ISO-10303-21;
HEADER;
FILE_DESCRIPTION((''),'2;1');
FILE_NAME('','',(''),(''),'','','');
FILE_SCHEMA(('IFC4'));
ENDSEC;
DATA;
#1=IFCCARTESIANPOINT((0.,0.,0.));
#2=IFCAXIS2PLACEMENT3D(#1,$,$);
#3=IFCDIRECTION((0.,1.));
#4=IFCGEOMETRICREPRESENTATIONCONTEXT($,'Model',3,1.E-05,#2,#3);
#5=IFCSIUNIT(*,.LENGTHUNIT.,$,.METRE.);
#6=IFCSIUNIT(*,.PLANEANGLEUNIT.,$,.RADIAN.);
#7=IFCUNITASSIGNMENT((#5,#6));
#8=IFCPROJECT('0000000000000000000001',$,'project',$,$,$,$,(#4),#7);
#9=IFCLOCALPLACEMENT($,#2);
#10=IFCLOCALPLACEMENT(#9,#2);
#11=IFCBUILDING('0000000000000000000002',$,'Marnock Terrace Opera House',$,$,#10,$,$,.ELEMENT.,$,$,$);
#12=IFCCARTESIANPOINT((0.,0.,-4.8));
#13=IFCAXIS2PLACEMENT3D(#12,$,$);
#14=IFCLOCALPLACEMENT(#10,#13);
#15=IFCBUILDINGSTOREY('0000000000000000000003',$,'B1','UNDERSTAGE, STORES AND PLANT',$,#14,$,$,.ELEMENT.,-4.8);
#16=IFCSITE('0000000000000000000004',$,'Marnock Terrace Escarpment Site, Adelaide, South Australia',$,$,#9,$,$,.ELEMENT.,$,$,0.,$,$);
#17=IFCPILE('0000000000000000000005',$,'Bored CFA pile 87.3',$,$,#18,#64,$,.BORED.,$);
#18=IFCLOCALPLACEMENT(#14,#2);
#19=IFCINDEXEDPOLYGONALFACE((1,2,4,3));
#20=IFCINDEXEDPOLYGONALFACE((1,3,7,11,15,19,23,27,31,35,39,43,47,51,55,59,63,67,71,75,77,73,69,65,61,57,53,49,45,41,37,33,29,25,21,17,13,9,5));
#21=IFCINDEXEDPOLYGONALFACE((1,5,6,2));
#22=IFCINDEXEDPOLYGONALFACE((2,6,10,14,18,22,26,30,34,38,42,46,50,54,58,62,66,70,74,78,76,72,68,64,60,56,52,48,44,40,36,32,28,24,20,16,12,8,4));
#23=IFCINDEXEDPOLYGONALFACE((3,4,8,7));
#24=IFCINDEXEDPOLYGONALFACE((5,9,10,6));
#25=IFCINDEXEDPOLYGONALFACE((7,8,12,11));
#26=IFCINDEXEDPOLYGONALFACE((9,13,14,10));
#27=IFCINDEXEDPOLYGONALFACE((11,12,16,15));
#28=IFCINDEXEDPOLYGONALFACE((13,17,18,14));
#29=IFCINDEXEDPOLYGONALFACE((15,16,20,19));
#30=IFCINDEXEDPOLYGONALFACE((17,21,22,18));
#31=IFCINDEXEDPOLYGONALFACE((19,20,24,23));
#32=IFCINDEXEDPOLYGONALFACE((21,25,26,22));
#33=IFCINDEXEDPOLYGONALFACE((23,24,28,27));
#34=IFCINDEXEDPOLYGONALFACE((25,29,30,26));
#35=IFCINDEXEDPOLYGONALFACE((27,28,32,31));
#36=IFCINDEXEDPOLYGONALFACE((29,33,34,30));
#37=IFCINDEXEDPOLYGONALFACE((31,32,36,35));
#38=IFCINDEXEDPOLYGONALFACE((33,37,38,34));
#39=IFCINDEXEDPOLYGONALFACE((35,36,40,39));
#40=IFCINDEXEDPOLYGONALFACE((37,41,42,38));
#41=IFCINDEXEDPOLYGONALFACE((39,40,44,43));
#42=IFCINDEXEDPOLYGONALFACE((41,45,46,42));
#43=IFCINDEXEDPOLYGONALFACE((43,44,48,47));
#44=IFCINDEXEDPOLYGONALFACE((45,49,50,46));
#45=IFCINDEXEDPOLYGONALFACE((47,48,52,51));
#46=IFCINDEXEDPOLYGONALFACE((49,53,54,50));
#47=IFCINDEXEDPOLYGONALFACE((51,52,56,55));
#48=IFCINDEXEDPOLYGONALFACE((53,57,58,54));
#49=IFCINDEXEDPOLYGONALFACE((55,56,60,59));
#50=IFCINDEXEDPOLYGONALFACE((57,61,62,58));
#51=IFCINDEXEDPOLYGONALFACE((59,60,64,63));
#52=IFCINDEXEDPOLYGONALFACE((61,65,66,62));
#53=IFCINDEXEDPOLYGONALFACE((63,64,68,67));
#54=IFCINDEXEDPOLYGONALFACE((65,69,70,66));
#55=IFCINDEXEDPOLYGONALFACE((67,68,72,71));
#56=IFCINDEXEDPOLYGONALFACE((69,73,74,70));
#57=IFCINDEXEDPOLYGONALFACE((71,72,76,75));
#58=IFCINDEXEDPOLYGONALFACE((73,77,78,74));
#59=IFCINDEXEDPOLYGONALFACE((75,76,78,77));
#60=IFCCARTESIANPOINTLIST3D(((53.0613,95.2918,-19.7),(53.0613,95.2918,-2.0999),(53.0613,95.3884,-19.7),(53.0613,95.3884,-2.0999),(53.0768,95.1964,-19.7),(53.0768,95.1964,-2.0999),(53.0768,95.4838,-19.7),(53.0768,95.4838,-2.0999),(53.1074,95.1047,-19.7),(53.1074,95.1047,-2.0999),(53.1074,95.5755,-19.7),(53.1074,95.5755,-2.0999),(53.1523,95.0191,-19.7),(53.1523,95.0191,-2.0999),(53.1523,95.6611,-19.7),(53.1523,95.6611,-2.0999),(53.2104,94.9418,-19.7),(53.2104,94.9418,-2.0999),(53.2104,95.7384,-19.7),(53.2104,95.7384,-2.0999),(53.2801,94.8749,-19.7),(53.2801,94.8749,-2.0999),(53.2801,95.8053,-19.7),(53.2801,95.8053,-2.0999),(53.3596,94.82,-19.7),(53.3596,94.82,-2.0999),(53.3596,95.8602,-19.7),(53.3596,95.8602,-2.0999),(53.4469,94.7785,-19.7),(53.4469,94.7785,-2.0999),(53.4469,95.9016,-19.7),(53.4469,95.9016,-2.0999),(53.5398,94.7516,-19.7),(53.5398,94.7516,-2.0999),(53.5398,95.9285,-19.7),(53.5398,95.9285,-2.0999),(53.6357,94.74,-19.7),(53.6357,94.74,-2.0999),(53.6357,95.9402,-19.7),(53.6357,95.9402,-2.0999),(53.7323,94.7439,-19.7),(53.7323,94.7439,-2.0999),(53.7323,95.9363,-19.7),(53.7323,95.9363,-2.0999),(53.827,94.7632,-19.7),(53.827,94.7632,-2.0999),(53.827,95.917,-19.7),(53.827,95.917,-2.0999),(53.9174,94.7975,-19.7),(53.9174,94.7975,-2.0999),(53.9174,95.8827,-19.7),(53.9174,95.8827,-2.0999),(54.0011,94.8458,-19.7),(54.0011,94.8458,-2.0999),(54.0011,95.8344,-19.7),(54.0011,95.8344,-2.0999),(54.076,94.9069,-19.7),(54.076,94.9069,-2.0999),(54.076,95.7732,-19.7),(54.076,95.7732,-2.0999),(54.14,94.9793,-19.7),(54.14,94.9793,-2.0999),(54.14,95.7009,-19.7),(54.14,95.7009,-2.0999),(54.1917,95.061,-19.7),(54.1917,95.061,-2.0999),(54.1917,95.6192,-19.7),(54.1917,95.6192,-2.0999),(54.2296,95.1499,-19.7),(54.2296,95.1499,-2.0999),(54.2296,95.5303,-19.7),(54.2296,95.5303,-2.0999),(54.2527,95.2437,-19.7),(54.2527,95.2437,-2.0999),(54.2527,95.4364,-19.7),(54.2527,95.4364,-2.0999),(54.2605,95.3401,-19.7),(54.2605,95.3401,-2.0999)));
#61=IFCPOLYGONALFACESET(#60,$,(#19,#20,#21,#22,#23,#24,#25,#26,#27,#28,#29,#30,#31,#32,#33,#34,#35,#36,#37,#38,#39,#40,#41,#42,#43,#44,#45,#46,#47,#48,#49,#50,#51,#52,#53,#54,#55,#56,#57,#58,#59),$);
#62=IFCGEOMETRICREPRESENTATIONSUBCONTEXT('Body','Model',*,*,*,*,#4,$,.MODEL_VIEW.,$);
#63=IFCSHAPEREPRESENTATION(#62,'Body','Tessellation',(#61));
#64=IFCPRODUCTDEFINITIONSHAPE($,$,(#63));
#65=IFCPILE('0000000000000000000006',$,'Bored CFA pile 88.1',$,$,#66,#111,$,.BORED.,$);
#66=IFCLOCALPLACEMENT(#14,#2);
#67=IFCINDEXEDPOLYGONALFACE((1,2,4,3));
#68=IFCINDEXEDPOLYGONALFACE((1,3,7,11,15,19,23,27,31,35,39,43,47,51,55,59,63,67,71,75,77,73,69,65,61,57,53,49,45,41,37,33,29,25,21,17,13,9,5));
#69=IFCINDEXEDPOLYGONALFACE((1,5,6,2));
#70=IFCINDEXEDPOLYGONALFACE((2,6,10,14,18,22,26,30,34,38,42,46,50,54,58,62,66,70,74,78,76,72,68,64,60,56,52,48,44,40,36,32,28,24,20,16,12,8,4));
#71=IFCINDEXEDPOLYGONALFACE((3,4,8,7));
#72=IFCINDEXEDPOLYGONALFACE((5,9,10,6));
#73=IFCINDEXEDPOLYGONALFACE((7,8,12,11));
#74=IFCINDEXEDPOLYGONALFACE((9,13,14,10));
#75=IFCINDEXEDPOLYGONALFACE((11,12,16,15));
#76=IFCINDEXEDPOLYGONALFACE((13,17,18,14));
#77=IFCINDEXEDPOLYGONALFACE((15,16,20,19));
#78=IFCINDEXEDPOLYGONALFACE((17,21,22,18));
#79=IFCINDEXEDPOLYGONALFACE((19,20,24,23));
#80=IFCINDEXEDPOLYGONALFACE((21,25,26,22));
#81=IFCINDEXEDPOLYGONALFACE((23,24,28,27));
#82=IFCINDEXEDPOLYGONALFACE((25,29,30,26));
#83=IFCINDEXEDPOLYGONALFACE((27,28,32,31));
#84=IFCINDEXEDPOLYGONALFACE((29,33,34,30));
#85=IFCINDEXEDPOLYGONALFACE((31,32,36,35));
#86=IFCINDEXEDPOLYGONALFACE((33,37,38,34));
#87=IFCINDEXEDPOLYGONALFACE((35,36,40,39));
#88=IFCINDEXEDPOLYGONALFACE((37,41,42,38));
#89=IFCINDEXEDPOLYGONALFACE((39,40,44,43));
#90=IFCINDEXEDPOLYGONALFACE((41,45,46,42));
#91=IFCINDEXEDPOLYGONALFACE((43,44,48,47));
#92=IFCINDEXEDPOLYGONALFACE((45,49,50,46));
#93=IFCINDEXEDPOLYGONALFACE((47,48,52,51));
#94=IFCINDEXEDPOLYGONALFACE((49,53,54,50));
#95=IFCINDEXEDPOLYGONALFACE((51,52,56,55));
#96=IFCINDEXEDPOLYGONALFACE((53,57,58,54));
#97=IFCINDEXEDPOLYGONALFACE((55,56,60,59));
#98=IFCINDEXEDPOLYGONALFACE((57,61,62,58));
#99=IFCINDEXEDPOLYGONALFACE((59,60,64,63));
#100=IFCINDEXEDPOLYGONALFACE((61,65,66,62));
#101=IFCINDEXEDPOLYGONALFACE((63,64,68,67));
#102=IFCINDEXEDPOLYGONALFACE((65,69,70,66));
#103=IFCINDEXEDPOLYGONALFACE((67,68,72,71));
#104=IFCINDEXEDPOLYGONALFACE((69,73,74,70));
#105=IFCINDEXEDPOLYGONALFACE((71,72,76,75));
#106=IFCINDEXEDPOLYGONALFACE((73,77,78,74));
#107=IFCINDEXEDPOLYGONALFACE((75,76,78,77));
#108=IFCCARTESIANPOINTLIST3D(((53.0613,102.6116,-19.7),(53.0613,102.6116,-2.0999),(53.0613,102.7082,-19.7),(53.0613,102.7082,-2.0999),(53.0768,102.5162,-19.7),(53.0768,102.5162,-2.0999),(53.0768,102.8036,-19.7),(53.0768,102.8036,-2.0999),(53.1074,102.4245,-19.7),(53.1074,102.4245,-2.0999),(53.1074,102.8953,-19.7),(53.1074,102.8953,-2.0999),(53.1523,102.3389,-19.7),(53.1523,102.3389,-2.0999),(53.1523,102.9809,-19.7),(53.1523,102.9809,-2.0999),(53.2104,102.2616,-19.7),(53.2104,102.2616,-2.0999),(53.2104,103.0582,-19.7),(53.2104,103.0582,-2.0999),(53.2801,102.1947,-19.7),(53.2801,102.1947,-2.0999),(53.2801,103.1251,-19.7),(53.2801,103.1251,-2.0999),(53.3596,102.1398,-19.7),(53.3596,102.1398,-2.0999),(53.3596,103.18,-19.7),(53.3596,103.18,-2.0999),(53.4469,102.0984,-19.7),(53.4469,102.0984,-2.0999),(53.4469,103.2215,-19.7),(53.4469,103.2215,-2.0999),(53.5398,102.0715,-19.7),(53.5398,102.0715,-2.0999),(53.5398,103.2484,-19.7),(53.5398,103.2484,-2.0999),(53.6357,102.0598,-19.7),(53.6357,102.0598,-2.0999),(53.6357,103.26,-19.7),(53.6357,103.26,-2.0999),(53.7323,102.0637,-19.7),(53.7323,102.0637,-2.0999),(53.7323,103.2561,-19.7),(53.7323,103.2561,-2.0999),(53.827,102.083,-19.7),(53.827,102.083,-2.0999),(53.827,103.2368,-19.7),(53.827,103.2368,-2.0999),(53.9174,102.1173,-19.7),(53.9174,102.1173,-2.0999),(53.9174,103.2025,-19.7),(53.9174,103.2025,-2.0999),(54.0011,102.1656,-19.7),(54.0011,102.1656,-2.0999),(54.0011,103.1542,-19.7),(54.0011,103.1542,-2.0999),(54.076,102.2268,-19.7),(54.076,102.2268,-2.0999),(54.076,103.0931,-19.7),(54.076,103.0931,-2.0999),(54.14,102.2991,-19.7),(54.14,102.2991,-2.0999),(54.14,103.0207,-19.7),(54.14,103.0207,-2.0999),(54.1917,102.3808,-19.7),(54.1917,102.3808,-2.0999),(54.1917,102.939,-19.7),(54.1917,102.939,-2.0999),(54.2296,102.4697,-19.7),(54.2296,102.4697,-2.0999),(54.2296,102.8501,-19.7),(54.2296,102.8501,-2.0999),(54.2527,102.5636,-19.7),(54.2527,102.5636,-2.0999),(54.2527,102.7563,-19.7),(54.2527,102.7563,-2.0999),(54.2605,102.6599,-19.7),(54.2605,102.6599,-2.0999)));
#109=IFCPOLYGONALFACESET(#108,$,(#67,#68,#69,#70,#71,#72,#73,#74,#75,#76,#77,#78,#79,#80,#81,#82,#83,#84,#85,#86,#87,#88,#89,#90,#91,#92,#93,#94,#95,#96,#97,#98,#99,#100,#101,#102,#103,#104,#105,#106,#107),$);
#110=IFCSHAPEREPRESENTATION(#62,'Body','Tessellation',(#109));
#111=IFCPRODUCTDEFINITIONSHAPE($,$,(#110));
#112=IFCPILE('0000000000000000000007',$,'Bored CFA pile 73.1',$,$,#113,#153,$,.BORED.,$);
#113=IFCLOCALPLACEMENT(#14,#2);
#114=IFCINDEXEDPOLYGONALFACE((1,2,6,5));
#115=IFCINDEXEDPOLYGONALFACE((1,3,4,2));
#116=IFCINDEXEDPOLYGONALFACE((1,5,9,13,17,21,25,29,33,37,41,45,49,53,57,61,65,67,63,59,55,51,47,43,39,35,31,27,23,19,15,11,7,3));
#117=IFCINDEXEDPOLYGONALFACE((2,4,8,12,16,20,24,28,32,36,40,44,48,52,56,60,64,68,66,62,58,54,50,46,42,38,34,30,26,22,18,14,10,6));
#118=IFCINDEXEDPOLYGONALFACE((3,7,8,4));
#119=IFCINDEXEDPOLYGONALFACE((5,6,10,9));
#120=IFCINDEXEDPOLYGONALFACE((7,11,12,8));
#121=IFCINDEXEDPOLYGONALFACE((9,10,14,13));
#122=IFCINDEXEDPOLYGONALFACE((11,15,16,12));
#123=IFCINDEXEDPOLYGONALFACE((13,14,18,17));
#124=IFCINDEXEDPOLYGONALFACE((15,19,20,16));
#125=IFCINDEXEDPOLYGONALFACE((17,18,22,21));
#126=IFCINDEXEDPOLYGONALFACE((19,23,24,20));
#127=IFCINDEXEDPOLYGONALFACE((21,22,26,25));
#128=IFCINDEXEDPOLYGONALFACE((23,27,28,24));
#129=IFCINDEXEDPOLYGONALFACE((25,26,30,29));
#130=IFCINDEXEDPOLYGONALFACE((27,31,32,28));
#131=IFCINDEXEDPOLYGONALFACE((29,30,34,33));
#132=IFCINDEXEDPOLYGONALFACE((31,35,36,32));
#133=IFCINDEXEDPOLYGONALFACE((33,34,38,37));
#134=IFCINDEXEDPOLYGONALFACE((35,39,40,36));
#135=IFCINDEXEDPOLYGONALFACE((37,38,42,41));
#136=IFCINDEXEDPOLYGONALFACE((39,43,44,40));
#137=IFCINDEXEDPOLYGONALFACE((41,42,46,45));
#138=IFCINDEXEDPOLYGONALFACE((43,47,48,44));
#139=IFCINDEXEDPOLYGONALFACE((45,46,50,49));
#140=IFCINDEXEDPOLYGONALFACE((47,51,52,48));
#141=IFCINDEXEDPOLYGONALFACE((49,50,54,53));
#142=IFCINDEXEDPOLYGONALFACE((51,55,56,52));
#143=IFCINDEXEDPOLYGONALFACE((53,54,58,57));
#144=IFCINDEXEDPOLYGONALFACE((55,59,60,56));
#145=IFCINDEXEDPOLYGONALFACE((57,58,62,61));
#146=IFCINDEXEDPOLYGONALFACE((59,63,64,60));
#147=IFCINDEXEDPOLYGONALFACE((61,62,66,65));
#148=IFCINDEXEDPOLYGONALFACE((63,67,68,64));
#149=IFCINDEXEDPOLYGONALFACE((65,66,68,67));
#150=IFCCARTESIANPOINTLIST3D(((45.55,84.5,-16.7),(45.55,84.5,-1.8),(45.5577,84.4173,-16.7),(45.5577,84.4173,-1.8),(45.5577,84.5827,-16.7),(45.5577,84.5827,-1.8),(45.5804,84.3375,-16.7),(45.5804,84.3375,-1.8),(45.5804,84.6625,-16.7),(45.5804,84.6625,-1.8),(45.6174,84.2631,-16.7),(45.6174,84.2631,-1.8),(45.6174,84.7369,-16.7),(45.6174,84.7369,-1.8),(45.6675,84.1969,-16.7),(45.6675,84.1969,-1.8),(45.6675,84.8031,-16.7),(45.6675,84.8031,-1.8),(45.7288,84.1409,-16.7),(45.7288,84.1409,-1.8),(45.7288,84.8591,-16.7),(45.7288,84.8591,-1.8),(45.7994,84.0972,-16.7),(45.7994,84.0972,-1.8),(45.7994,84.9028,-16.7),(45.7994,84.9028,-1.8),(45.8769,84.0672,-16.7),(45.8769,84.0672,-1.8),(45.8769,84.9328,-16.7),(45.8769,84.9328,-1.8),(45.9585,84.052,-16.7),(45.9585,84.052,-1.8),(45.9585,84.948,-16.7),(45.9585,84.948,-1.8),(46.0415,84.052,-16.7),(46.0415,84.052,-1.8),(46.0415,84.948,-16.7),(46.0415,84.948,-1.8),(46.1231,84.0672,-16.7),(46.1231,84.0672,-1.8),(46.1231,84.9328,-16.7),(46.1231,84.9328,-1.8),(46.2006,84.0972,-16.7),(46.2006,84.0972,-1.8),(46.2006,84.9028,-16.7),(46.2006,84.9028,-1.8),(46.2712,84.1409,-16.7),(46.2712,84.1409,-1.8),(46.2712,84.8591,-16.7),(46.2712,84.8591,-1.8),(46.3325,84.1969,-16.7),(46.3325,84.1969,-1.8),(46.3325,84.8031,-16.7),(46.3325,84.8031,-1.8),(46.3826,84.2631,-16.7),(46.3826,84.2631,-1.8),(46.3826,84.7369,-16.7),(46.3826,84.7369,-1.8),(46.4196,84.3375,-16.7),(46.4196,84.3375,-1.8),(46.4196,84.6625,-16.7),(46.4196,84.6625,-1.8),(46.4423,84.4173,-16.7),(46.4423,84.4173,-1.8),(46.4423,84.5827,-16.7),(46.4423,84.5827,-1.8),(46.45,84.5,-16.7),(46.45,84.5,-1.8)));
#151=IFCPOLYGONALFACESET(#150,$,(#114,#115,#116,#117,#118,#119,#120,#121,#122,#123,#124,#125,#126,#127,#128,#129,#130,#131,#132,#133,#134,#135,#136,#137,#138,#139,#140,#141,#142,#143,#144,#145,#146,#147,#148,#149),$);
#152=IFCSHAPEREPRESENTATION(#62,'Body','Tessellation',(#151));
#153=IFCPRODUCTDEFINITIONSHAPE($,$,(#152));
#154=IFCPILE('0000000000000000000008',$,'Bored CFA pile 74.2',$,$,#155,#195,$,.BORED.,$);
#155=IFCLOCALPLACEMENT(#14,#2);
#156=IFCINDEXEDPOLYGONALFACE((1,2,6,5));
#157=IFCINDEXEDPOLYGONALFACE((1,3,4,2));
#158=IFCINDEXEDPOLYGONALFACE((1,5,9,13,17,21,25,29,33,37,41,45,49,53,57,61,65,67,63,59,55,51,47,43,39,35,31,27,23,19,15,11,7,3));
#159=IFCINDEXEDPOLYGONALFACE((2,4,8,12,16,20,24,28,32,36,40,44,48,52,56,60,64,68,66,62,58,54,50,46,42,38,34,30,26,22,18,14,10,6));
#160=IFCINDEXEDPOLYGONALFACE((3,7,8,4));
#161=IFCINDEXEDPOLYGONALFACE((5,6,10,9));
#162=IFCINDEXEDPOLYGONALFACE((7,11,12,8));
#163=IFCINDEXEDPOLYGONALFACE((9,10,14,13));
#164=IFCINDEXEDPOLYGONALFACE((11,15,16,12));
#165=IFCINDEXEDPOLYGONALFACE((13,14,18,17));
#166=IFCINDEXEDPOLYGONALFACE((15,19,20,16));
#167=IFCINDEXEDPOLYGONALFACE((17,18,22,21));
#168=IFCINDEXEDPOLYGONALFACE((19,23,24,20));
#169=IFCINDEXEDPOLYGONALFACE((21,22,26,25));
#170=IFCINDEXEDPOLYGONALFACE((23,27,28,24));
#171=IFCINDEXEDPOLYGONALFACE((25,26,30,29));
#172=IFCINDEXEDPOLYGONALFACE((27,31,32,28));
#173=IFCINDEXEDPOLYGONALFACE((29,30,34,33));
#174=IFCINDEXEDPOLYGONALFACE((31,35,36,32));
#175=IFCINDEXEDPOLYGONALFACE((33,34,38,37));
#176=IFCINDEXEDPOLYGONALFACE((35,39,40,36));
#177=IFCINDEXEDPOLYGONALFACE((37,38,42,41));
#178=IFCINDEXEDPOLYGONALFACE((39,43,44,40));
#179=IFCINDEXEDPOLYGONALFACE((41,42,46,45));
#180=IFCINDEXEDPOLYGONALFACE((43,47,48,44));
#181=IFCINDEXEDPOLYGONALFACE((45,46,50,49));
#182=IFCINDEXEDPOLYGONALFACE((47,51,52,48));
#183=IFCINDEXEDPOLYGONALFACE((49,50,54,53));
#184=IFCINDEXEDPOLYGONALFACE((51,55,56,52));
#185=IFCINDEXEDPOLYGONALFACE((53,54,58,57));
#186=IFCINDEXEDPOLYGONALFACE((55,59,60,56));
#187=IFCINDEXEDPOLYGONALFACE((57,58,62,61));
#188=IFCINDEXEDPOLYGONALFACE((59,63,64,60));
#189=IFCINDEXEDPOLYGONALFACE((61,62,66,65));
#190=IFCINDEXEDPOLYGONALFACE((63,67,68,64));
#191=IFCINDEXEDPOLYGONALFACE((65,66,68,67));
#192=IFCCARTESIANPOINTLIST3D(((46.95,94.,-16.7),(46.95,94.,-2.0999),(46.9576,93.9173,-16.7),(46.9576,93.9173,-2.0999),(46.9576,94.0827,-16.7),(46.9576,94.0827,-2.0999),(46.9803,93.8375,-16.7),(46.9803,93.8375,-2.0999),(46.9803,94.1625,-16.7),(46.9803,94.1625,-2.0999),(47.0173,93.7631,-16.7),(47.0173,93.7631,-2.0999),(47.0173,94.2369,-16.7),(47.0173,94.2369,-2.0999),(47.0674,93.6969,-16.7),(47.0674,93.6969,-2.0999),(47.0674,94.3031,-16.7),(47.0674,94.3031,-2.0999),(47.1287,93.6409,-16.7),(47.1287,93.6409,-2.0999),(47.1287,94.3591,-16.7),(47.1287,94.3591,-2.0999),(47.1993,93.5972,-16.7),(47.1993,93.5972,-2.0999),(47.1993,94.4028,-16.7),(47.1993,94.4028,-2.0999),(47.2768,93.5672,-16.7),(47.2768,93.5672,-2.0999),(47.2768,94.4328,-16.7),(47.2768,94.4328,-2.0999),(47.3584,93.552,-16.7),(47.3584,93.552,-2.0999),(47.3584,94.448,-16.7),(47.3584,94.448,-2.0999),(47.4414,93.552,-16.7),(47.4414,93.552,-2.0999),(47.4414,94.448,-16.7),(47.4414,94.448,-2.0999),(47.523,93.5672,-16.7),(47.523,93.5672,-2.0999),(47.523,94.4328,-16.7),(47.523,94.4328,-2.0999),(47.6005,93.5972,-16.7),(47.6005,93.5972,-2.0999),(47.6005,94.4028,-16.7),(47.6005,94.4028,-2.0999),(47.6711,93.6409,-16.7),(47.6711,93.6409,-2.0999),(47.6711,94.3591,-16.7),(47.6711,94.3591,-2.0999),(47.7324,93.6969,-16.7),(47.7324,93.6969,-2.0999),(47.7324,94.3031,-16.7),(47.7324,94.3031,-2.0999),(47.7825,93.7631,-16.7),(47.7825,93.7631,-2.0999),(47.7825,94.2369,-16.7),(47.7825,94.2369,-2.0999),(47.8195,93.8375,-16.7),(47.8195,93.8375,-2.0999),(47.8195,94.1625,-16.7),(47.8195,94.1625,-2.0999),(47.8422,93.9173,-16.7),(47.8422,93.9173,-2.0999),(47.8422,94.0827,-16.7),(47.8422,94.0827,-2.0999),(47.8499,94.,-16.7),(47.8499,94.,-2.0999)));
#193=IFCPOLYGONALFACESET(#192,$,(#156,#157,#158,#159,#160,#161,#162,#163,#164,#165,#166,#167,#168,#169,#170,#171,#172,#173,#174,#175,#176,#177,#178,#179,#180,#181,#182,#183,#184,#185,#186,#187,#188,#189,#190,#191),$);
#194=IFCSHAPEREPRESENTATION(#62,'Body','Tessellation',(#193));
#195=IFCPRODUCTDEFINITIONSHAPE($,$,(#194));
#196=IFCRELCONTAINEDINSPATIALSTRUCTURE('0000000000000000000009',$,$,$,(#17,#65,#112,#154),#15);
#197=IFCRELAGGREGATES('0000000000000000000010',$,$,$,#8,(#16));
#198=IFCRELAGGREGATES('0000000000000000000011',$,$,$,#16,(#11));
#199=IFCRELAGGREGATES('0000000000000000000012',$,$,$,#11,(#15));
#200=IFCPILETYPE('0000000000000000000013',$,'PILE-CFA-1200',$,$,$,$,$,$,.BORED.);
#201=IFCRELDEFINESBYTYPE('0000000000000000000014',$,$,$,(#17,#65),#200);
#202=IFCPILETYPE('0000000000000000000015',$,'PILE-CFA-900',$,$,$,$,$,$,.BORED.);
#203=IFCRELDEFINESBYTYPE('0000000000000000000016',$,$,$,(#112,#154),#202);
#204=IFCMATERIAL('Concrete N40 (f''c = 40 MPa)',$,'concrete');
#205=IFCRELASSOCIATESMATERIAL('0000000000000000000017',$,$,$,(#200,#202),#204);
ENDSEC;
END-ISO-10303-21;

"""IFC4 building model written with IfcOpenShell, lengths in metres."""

from ifc_helpers import new_model, si_unit, direction, frame, origin, origin_2d, place, context, subcontext, project, spatial, circle, extrude, material, material_profile, profile_set, type_object, element, save


model = new_model("IFC4")

# Units and contexts
model_context = context("Model", 3, precision=1e-05, world=origin(), true_north=direction((0.0, 1.0)))
body_context = subcontext(model_context, "Body", "Model", "MODEL_VIEW")
ifc_project = project(units=[si_unit("LENGTHUNIT", "METRE"), si_unit("PLANEANGLEUNIT", "RADIAN")], contexts=[model_context])

# Site, building, storey
site_placement = place(None, origin())
site = spatial("IfcSite", under=ifc_project, at=site_placement, Name="Marnock Terrace Escarpment Site, Adelaide, South Australia", CompositionType="ELEMENT", RefElevation=0.0)
building_placement = place(site_placement, origin())
building = spatial("IfcBuilding", under=site, at=building_placement, Name="Marnock Terrace Opera House", CompositionType="ELEMENT")
storey_placement = place(building_placement, frame((0.0, 0.0, -4.8)))
storey = spatial("IfcBuildingStorey", under=building, at=storey_placement, Name="B1", Description="UNDERSTAGE, STORES AND PLANT", CompositionType="ELEMENT", Elevation=-4.8)

# Shared definitions
ifc_material_1 = material(Name="Concrete N40 (f'c = 40 MPa)", Category="concrete")

# Piles
ifc_material_profile_1 = material_profile(ifc_material_1, circle(Radius=0.6006, at=origin_2d()))
ifc_profile_set_1 = profile_set([ifc_material_profile_1], Name="Concrete N40 (f'c = 40 MPa)")
pile_type_1 = type_object("IfcPileType", Name="PILE-CFA-1200", PredefinedType="BORED", material=ifc_profile_set_1)
for number, where, z_axis, x_axis, name in (
    (1, (53.6599, 95.3401, -2.0999), (0.0, 0.0, -1.0), (1.0, 0.0, 0.0), "Bored CFA pile 87.3"),
    (2, (53.6599, 102.6599, -2.0999), (0.0, 0.0, -1.0), (1.0, 0.0, 0.0), "Bored CFA pile 88.1"),
):
    element("IfcPile", number, at=place(storey_placement, frame(where, z_axis=z_axis, x_axis=x_axis)), inside=storey, type_object=pile_type_1, Name=name, PredefinedType="BORED", context=body_context, shape_type="SweptSolid", body=[
        extrude(circle(Radius=0.6006, at=origin_2d()), origin(), (0.0, 0.0, 1.0), 17.6001),
    ])
ifc_material_profile_2 = material_profile(ifc_material_1, circle(Radius=0.45, at=origin_2d()))
ifc_profile_set_2 = profile_set([ifc_material_profile_2], Name="Concrete N40 (f'c = 40 MPa)")
pile_type_2 = type_object("IfcPileType", Name="PILE-CFA-900", PredefinedType="BORED", material=ifc_profile_set_2)
pile_1_placement = place(storey_placement, frame((46.0, 84.5, -1.8), z_axis=(0.0, 0.0, -1.0), x_axis=(1.0, 0.0, 0.0)))
element("IfcPile", 3, at=pile_1_placement, inside=storey, type_object=pile_type_2, Name="Bored CFA pile 73.1", PredefinedType="BORED", context=body_context, shape_type="SweptSolid", body=[
    extrude(circle(Radius=0.45, at=origin_2d()), origin(), (0.0, 0.0, 1.0), 14.8999),
])
pile_2_placement = place(storey_placement, frame((47.3999, 94.0, -2.0999), z_axis=(0.0, 0.0, -1.0), x_axis=(1.0, 0.0, 0.0)))
element("IfcPile", 4, at=pile_2_placement, inside=storey, type_object=pile_type_2, Name="Bored CFA pile 74.2", PredefinedType="BORED", context=body_context, shape_type="SweptSolid", body=[
    extrude(circle(Radius=0.45, at=origin_2d()), origin(), (0.0, 0.0, 1.0), 14.6001),
])

save(model, "model.ifc")
